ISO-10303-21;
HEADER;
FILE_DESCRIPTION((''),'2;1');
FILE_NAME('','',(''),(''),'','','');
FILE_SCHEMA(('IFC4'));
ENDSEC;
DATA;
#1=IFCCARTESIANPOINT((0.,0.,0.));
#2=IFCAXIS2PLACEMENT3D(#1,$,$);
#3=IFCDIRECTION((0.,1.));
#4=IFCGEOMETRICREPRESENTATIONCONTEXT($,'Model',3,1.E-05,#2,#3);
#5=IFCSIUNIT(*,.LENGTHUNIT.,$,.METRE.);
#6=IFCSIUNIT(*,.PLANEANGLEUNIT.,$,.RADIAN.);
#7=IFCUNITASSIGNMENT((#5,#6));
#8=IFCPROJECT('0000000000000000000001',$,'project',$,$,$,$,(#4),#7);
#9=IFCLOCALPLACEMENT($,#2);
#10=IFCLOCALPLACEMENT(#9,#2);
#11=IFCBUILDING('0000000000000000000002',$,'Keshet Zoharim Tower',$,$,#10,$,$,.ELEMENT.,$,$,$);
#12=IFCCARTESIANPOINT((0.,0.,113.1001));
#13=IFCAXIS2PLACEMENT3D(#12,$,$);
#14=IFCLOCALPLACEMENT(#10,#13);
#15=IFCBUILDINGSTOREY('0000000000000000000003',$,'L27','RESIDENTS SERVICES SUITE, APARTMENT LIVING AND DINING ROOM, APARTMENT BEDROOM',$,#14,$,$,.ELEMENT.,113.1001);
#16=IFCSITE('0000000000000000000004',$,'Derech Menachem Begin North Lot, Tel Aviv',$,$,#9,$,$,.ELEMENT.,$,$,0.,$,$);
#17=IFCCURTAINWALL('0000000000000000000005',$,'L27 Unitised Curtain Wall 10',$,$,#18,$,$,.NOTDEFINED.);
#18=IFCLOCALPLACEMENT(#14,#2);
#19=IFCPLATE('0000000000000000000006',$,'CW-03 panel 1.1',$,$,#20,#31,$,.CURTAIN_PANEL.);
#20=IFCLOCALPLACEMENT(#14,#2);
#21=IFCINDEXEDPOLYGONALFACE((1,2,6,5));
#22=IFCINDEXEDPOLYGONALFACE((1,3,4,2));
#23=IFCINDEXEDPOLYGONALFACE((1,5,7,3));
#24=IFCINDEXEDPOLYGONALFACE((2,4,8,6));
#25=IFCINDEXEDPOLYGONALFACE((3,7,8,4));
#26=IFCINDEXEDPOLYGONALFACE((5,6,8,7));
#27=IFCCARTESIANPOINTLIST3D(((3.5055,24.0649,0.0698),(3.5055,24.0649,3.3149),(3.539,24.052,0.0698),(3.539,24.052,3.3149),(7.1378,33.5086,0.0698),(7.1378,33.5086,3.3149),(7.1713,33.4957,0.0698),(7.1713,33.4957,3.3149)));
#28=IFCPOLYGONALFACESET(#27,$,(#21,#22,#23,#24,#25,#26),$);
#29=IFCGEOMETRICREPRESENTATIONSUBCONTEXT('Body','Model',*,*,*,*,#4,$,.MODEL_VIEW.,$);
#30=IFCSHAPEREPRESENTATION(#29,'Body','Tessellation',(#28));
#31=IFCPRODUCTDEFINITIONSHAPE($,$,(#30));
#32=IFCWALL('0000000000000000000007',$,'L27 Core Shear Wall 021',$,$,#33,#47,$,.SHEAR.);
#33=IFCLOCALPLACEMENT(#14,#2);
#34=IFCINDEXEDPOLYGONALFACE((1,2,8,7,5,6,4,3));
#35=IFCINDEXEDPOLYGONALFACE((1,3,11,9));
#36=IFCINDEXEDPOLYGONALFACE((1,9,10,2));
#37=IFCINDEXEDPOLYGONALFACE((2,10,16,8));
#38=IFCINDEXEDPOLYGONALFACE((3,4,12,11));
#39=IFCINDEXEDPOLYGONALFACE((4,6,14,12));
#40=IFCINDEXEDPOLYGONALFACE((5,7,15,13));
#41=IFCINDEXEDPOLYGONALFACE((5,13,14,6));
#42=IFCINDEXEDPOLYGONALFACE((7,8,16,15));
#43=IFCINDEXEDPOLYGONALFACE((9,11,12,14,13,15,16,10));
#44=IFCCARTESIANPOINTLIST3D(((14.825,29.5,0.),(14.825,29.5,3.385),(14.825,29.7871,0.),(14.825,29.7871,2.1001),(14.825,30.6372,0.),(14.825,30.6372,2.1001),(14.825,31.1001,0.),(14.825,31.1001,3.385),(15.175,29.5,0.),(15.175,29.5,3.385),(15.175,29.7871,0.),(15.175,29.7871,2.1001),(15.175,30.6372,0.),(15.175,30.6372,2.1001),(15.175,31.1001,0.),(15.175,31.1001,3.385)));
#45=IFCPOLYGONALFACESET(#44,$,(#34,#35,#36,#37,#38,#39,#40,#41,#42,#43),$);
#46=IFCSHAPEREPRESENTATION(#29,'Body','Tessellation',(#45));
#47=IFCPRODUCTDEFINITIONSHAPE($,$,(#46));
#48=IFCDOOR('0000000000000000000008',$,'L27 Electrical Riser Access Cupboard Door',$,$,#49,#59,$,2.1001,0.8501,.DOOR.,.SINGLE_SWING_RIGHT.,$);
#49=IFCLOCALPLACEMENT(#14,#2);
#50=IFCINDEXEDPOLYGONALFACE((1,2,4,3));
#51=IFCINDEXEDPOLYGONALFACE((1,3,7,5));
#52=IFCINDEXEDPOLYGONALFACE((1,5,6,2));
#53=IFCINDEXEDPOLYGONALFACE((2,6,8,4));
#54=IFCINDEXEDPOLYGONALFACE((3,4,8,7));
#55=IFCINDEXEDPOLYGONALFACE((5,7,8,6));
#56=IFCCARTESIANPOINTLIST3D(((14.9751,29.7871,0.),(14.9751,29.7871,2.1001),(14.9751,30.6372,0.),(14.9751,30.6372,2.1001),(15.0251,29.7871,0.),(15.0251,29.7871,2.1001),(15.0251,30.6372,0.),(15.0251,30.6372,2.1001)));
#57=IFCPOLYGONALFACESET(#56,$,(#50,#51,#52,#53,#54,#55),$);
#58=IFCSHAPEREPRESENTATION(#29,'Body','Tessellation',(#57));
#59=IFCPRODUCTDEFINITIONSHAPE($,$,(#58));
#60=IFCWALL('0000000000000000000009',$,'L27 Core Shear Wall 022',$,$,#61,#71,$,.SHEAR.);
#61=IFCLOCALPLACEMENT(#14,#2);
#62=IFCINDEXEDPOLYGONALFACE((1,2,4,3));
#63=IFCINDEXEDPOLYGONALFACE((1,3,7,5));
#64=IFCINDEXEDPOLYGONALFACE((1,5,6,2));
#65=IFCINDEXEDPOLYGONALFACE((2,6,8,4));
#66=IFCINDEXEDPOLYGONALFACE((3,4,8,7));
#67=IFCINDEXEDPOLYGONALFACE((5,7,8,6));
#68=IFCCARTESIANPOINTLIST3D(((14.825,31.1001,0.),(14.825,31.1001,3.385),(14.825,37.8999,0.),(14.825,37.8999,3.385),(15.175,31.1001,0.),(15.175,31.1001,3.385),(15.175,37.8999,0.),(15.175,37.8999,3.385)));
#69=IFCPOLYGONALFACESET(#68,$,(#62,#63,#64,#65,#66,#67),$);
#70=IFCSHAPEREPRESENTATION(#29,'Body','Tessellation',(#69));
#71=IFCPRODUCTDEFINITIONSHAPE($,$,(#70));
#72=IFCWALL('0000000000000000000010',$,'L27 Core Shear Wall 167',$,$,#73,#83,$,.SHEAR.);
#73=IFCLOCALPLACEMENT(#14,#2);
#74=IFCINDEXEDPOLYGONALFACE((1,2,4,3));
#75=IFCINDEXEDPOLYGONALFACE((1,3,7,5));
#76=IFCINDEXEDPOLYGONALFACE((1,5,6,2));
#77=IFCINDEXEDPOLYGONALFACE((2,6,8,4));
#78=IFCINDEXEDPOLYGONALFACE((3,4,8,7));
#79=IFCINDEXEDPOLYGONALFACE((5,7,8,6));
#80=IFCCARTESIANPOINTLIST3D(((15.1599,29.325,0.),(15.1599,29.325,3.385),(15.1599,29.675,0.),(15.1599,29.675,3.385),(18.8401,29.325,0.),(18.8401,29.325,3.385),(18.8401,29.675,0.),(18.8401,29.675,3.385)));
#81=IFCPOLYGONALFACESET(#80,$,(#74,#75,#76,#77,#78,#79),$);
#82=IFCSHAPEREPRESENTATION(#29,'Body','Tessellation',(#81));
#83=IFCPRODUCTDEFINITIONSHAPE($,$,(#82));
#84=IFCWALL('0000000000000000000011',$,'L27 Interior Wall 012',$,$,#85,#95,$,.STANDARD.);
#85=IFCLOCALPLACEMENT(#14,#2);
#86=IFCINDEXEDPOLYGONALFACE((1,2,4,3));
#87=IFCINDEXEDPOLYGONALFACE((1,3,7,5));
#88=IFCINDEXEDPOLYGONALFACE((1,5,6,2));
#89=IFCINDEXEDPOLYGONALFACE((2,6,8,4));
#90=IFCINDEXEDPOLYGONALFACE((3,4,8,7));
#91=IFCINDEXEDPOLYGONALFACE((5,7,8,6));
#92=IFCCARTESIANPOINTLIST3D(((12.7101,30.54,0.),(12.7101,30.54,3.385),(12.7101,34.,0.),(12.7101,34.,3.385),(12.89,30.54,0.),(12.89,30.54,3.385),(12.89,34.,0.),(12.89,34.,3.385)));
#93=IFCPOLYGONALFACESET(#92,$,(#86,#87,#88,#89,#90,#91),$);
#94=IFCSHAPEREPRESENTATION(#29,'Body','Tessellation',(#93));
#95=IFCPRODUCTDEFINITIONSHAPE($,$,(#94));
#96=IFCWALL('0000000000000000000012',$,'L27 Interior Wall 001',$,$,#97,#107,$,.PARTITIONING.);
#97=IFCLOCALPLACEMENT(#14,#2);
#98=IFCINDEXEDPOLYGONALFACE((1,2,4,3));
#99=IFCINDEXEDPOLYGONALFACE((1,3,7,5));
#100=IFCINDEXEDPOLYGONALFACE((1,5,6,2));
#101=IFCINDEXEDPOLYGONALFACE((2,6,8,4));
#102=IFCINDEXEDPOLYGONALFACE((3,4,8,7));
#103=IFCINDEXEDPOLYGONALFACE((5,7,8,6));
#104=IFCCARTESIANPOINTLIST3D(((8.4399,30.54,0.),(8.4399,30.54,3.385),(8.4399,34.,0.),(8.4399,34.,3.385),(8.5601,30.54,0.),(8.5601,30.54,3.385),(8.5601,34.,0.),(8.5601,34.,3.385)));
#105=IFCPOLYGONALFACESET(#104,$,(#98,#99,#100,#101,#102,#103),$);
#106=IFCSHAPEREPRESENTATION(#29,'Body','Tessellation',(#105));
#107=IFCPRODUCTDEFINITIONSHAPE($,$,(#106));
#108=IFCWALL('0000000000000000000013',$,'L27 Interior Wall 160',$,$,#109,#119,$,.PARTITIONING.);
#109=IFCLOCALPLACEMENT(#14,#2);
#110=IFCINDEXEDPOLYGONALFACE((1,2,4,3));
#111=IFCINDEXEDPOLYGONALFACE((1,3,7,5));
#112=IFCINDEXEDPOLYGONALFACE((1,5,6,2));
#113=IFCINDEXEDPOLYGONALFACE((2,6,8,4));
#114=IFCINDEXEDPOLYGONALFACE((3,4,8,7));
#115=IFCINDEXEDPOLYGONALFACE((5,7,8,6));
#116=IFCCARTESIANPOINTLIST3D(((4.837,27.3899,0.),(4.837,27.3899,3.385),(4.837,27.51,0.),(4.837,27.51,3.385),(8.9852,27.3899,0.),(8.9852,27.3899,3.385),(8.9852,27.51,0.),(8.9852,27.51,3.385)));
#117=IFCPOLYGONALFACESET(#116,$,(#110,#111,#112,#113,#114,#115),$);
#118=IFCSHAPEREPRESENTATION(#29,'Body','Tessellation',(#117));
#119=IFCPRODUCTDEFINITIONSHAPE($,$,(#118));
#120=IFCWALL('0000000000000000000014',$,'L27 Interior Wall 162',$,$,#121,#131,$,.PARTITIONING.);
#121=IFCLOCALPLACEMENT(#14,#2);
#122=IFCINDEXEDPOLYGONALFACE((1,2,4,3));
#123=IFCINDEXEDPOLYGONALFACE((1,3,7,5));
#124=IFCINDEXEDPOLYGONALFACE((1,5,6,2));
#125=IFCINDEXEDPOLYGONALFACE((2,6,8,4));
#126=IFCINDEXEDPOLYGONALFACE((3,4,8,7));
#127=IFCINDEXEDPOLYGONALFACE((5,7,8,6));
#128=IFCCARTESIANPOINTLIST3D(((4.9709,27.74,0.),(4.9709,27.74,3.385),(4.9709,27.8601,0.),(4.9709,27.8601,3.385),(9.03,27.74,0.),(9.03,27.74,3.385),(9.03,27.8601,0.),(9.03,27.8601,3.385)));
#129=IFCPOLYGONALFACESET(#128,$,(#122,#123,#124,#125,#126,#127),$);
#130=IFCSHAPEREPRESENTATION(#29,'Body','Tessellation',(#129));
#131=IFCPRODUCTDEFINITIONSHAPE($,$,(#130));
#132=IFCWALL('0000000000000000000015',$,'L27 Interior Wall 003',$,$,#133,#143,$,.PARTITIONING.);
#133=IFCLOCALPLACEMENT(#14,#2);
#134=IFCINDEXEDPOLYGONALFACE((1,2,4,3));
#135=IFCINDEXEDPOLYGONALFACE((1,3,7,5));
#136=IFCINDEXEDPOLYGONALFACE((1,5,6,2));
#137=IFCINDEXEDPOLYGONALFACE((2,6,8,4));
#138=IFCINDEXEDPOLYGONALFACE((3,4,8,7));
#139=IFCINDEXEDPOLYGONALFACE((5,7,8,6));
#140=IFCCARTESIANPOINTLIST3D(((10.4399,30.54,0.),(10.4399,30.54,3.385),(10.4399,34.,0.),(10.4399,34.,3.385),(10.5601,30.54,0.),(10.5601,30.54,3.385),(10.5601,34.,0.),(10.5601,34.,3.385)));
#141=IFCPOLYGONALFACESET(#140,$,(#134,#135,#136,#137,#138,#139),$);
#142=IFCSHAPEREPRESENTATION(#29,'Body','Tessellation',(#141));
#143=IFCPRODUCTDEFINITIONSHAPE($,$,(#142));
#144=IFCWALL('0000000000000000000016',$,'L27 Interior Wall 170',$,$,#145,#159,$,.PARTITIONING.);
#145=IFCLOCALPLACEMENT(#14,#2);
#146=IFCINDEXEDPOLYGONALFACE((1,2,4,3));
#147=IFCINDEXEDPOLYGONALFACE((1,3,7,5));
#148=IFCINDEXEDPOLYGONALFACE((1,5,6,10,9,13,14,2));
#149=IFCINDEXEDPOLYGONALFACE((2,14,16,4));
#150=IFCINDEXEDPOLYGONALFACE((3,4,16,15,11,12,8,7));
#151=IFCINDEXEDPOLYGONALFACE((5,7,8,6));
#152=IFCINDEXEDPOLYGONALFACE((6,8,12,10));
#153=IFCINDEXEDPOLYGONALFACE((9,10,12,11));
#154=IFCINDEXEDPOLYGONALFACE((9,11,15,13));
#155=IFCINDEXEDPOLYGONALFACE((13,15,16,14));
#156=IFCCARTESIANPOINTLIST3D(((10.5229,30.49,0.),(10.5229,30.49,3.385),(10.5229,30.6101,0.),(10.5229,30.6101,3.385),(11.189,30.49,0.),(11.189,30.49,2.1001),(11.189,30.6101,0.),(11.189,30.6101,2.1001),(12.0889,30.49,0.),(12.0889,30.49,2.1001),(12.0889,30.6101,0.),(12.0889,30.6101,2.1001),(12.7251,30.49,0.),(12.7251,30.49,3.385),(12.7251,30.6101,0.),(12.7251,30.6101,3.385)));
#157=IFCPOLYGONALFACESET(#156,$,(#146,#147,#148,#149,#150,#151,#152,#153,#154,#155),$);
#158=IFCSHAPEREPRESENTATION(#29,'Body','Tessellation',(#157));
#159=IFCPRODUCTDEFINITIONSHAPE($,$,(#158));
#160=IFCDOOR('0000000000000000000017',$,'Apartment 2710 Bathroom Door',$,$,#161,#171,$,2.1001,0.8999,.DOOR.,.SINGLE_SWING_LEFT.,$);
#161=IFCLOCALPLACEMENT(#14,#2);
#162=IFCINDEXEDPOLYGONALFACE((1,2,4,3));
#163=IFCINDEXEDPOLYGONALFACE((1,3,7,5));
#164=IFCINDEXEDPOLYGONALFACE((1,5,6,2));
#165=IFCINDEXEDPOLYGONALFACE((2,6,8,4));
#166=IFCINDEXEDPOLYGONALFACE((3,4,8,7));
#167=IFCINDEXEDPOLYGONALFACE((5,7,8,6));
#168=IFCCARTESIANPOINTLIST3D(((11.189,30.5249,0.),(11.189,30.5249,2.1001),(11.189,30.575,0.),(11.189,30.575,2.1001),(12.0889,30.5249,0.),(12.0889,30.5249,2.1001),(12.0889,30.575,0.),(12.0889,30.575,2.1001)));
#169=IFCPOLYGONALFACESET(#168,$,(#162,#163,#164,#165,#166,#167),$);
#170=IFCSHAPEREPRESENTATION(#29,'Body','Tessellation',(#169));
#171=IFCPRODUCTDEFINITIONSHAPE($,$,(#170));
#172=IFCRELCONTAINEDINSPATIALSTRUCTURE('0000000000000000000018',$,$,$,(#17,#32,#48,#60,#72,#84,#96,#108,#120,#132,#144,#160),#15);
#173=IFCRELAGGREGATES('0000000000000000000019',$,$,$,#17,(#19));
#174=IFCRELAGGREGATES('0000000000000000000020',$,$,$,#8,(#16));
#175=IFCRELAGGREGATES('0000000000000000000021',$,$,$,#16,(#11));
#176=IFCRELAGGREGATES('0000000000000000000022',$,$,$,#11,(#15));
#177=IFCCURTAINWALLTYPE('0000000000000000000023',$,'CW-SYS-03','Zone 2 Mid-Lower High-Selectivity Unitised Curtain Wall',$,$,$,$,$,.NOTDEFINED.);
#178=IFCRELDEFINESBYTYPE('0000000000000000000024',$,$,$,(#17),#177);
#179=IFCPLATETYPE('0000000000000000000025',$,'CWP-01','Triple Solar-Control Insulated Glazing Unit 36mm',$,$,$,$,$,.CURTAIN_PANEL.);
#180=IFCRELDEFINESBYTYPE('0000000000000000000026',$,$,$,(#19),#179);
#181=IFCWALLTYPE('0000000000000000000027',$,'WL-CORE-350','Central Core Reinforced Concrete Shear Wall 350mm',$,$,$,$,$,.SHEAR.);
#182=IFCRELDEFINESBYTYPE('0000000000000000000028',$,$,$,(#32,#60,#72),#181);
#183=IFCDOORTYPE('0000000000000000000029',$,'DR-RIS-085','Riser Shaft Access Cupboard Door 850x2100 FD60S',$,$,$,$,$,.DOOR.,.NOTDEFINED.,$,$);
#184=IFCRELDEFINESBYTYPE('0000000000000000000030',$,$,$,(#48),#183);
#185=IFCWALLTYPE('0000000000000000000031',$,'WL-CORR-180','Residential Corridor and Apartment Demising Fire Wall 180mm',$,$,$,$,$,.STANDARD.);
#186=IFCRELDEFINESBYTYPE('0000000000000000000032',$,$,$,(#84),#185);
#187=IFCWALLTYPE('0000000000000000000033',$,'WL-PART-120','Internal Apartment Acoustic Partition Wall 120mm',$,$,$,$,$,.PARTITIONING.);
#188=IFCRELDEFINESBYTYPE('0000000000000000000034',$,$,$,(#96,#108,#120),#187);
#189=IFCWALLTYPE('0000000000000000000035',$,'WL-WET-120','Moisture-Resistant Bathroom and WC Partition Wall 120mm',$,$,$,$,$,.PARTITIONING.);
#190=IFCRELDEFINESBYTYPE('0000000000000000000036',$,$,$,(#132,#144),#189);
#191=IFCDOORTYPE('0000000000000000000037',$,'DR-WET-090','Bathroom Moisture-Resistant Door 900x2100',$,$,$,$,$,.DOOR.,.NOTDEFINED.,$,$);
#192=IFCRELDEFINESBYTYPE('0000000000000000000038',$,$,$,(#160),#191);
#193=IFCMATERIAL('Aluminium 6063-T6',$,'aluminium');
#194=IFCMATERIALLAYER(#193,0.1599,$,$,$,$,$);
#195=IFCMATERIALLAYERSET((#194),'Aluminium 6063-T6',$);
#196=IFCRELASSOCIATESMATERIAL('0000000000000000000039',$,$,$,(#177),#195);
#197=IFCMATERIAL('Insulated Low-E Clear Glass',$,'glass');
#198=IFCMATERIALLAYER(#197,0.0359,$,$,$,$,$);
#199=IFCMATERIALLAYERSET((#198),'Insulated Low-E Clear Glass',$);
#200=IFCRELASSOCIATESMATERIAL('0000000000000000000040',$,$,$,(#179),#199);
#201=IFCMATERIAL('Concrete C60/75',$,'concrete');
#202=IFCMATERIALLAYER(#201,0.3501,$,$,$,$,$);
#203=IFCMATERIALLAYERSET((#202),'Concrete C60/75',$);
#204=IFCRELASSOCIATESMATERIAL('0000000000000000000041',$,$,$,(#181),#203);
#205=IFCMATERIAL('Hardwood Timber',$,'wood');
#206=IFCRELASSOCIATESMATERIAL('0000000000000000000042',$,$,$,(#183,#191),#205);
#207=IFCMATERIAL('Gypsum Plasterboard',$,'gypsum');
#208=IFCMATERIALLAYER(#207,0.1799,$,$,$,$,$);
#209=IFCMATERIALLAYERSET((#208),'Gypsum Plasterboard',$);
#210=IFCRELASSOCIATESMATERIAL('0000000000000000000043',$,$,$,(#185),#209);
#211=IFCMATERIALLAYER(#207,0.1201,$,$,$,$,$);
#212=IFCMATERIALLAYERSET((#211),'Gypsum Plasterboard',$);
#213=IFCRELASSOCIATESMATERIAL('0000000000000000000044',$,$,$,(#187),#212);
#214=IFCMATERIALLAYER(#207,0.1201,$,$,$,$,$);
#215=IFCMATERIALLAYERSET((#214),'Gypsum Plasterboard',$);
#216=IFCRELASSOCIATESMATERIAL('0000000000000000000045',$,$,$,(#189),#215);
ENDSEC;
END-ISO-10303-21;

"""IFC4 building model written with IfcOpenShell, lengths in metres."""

from ifc_helpers import new_model, si_unit, direction, frame, frame_2d, origin, origin_2d, place, context, subcontext, project, spatial, rectangle, extrude, material, layer, layer_set, type_object, element, fill, aggregate, save


model = new_model("IFC4")

# Units and contexts
model_context = context("Model", 3, precision=1e-05, world=origin(), true_north=direction((0.0, 1.0)))
body_context = subcontext(model_context, "Body", "Model", "MODEL_VIEW")
ifc_project = project(units=[si_unit("LENGTHUNIT", "METRE"), si_unit("PLANEANGLEUNIT", "RADIAN")], contexts=[model_context])

# Site, building, storey
site_placement = place(None, origin())
site = spatial("IfcSite", under=ifc_project, at=site_placement, Name="Derech Menachem Begin North Lot, Tel Aviv", CompositionType="ELEMENT", RefElevation=0.0)
building_placement = place(site_placement, origin())
building = spatial("IfcBuilding", under=site, at=building_placement, Name="Keshet Zoharim Tower", CompositionType="ELEMENT")
storey_placement = place(building_placement, frame((0.0, 0.0, 113.1001)))
storey = spatial("IfcBuildingStorey", under=building, at=storey_placement, Name="L27", Description="RESIDENTS SERVICES SUITE, APARTMENT LIVING AND DINING ROOM, APARTMENT BEDROOM", CompositionType="ELEMENT", Elevation=113.1001)

# Curtain wall, plate
ifc_material_1 = material(Name="Aluminium 6063-T6", Category="aluminium")
ifc_layer_1 = layer(ifc_material_1, 0.1599)
ifc_layer_set_1 = layer_set([ifc_layer_1], Name="Aluminium 6063-T6")
curtain_wall_type = type_object("IfcCurtainWallType", Name="CW-SYS-03", Description="Zone 2 Mid-Lower High-Selectivity Unitised Curtain Wall", PredefinedType="NOTDEFINED", material=ifc_layer_set_1)
curtain_wall_placement = place(storey_placement, origin())
curtain_wall = element("IfcCurtainWall", 1, at=curtain_wall_placement, inside=storey, type_object=curtain_wall_type, Name="L27 Unitised Curtain Wall 10", PredefinedType="NOTDEFINED")
ifc_material_2 = material(Name="Insulated Low-E Clear Glass", Category="glass")
ifc_layer_2 = layer(ifc_material_2, 0.0359)
ifc_layer_set_2 = layer_set([ifc_layer_2], Name="Insulated Low-E Clear Glass")
plate_type = type_object("IfcPlateType", Name="CWP-01", Description="Triple Solar-Control Insulated Glazing Unit 36mm", PredefinedType="CURTAIN_PANEL", material=ifc_layer_set_2)
plate_placement = place(storey_placement, frame((5.3384, 28.7803, 0.0698), z_axis=(0.0, 0.0, 1.0), x_axis=(0.35899, 0.933341, 0.0)))
plate = element("IfcPlate", 2, at=plate_placement, type_object=plate_type, Name="CW-03 panel 1.1", PredefinedType="CURTAIN_PANEL", context=body_context, shape_type="SweptSolid", body=[
    extrude(rectangle(XDim=10.1182, YDim=0.0359, at=origin_2d()), origin(), (0.0, 0.0, 1.0), 3.2451),
])
aggregate(curtain_wall, [plate])

# Wall, opening, door
ifc_material_3 = material(Name="Concrete C60/75", Category="concrete")
ifc_layer_3 = layer(ifc_material_3, 0.3501)
ifc_layer_set_3 = layer_set([ifc_layer_3], Name="Concrete C60/75")
wall_type_1 = type_object("IfcWallType", Name="WL-CORE-350", Description="Central Core Reinforced Concrete Shear Wall 350mm", PredefinedType="SHEAR", material=ifc_layer_set_3)
wall_1_placement = place(storey_placement, frame((15.0, 29.5, 0.0), z_axis=(0.0, 0.0, 1.0), x_axis=(0.0, 1.0, 0.0)))
wall_1 = element("IfcWall", 3, at=wall_1_placement, inside=storey, type_object=wall_type_1, Name="L27 Core Shear Wall 021", PredefinedType="SHEAR", context=body_context, shape_type="SweptSolid", body=[
    extrude(rectangle(XDim=1.6001, YDim=0.3501, at=frame_2d((0.8, 0.0))), origin(), (0.0, 0.0, 1.0), 3.385),
])
opening_1_placement = place(wall_1_placement, frame((0.2871, 0.0, 0.0)))
opening_1 = element("IfcOpeningElement", 4, at=opening_1_placement, cuts=wall_1, PredefinedType="OPENING", context=body_context, shape_type="SweptSolid", body=[
    extrude(rectangle(XDim=0.8501, YDim=2.1001, at=frame_2d((0.425, 1.05))), frame((0.0, 0.1851, 0.0), z_axis=(0.0, -1.0, 0.0), x_axis=(1.0, 0.0, 0.0)), (0.0, 0.0, 1.0), 0.3701),
])
ifc_material_4 = material(Name="Hardwood Timber", Category="wood")
door_type_1 = type_object("IfcDoorType", Name="DR-RIS-085", Description="Riser Shaft Access Cupboard Door 850x2100 FD60S", OperationType="NOTDEFINED", PredefinedType="DOOR", material=ifc_material_4)
door_1_placement = place(opening_1_placement, origin())
door_1 = element("IfcDoor", 5, at=door_1_placement, inside=storey, type_object=door_type_1, Name="L27 Electrical Riser Access Cupboard Door", OperationType="SINGLE_SWING_RIGHT", OverallHeight=2.1001, OverallWidth=0.8501, PredefinedType="DOOR", context=body_context, shape_type="SweptSolid", body=[
    extrude(rectangle(XDim=0.8501, YDim=2.1001, at=frame_2d((0.425, 1.05))), frame((0.0, 0.0249, 0.0), z_axis=(0.0, -1.0, 0.0), x_axis=(1.0, 0.0, 0.0)), (0.0, 0.0, 1.0), 0.05),
])
fill(opening_1, door_1)

# Walls
wall_2_placement = place(storey_placement, frame((15.0, 31.1001, 0.0), z_axis=(0.0, 0.0, 1.0), x_axis=(0.0, 1.0, 0.0)))
element("IfcWall", 6, at=wall_2_placement, inside=storey, type_object=wall_type_1, Name="L27 Core Shear Wall 022", PredefinedType="SHEAR", context=body_context, shape_type="SweptSolid", body=[
    extrude(rectangle(XDim=6.7998, YDim=0.3501, at=frame_2d((3.3999, 0.0))), origin(), (0.0, 0.0, 1.0), 3.385),
])
wall_3_placement = place(storey_placement, frame((15.1599, 29.5, 0.0), z_axis=(0.0, 0.0, 1.0), x_axis=(1.0, 0.0, 0.0)))
element("IfcWall", 7, at=wall_3_placement, inside=storey, type_object=wall_type_1, Name="L27 Core Shear Wall 167", PredefinedType="SHEAR", context=body_context, shape_type="SweptSolid", body=[
    extrude(rectangle(XDim=3.6802, YDim=0.3501, at=frame_2d((1.8401, 0.0))), origin(), (0.0, 0.0, 1.0), 3.385),
])

# Shared definitions
ifc_material_5 = material(Name="Gypsum Plasterboard", Category="gypsum")
ifc_layer_4 = layer(ifc_material_5, 0.1799)
ifc_layer_set_4 = layer_set([ifc_layer_4], Name="Gypsum Plasterboard")
wall_type_2 = type_object("IfcWallType", Name="WL-CORR-180", Description="Residential Corridor and Apartment Demising Fire Wall 180mm", PredefinedType="STANDARD", material=ifc_layer_set_4)

# Walls
wall_4_placement = place(storey_placement, frame((12.8, 30.54, 0.0), z_axis=(0.0, 0.0, 1.0), x_axis=(0.0, 1.0, 0.0)))
element("IfcWall", 8, at=wall_4_placement, inside=storey, type_object=wall_type_2, Name="L27 Interior Wall 012", PredefinedType="STANDARD", context=body_context, shape_type="SweptSolid", body=[
    extrude(rectangle(XDim=3.46, YDim=0.1799, at=frame_2d((1.73, 0.0))), origin(), (0.0, 0.0, 1.0), 3.385),
])
ifc_layer_5 = layer(ifc_material_5, 0.1201)
ifc_layer_set_5 = layer_set([ifc_layer_5], Name="Gypsum Plasterboard")
wall_type_3 = type_object("IfcWallType", Name="WL-PART-120", Description="Internal Apartment Acoustic Partition Wall 120mm", PredefinedType="PARTITIONING", material=ifc_layer_set_5)
wall_5_placement = place(storey_placement, frame((8.5, 30.54, 0.0), z_axis=(0.0, 0.0, 1.0), x_axis=(0.0, 1.0, 0.0)))
element("IfcWall", 9, at=wall_5_placement, inside=storey, type_object=wall_type_3, Name="L27 Interior Wall 001", PredefinedType="PARTITIONING", context=body_context, shape_type="SweptSolid", body=[
    extrude(rectangle(XDim=3.46, YDim=0.1201, at=frame_2d((1.73, 0.0))), origin(), (0.0, 0.0, 1.0), 3.385),
])
wall_6_placement = place(storey_placement, frame((4.8369, 27.45, 0.0), z_axis=(0.0, 0.0, 1.0), x_axis=(1.0, 0.0, 0.0)))
element("IfcWall", 10, at=wall_6_placement, inside=storey, type_object=wall_type_3, Name="L27 Interior Wall 160", PredefinedType="PARTITIONING", context=body_context, shape_type="SweptSolid", body=[
    extrude(rectangle(XDim=4.1482, YDim=0.1201, at=frame_2d((2.0742, 0.0))), origin(), (0.0, 0.0, 1.0), 3.385),
])
wall_7_placement = place(storey_placement, frame((4.9709, 27.8, 0.0), z_axis=(0.0, 0.0, 1.0), x_axis=(1.0, 0.0, 0.0)))
element("IfcWall", 11, at=wall_7_placement, inside=storey, type_object=wall_type_3, Name="L27 Interior Wall 162", PredefinedType="PARTITIONING", context=body_context, shape_type="SweptSolid", body=[
    extrude(rectangle(XDim=4.0591, YDim=0.1201, at=frame_2d((2.0295, 0.0))), origin(), (0.0, 0.0, 1.0), 3.385),
])

# Wall
ifc_layer_6 = layer(ifc_material_5, 0.1201)
ifc_layer_set_6 = layer_set([ifc_layer_6], Name="Gypsum Plasterboard")
wall_type_4 = type_object("IfcWallType", Name="WL-WET-120", Description="Moisture-Resistant Bathroom and WC Partition Wall 120mm", PredefinedType="PARTITIONING", material=ifc_layer_set_6)
wall_8_placement = place(storey_placement, frame((10.5, 30.54, 0.0), z_axis=(0.0, 0.0, 1.0), x_axis=(0.0, 1.0, 0.0)))
element("IfcWall", 12, at=wall_8_placement, inside=storey, type_object=wall_type_4, Name="L27 Interior Wall 003", PredefinedType="PARTITIONING", context=body_context, shape_type="SweptSolid", body=[
    extrude(rectangle(XDim=3.46, YDim=0.1201, at=frame_2d((1.73, 0.0))), origin(), (0.0, 0.0, 1.0), 3.385),
])

# Wall, opening, door
wall_9_placement = place(storey_placement, frame((10.5229, 30.55, 0.0), z_axis=(0.0, 0.0, 1.0), x_axis=(1.0, 0.0, 0.0)))
wall_9 = element("IfcWall", 13, at=wall_9_placement, inside=storey, type_object=wall_type_4, Name="L27 Interior Wall 170", PredefinedType="PARTITIONING", context=body_context, shape_type="SweptSolid", body=[
    extrude(rectangle(XDim=2.2021, YDim=0.1201, at=frame_2d((1.1011, 0.0))), origin(), (0.0, 0.0, 1.0), 3.385),
])
opening_2_placement = place(wall_9_placement, frame((0.666, 0.0, 0.0)))
opening_2 = element("IfcOpeningElement", 14, at=opening_2_placement, cuts=wall_9, PredefinedType="OPENING", context=body_context, shape_type="SweptSolid", body=[
    extrude(rectangle(XDim=0.8999, YDim=2.1001, at=frame_2d((0.45, 1.05))), frame((0.0, 0.0701, 0.0), z_axis=(0.0, -1.0, 0.0), x_axis=(1.0, 0.0, 0.0)), (0.0, 0.0, 1.0), 0.1401),
])
door_type_2 = type_object("IfcDoorType", Name="DR-WET-090", Description="Bathroom Moisture-Resistant Door 900x2100", OperationType="NOTDEFINED", PredefinedType="DOOR", material=ifc_material_4)
door_2_placement = place(opening_2_placement, origin())
door_2 = element("IfcDoor", 15, at=door_2_placement, inside=storey, type_object=door_type_2, Name="Apartment 2710 Bathroom Door", OperationType="SINGLE_SWING_LEFT", OverallHeight=2.1001, OverallWidth=0.8999, PredefinedType="DOOR", context=body_context, shape_type="SweptSolid", body=[
    extrude(rectangle(XDim=0.8999, YDim=2.1001, at=frame_2d((0.45, 1.05))), frame((0.0, 0.0249, 0.0), z_axis=(0.0, -1.0, 0.0), x_axis=(1.0, 0.0, 0.0)), (0.0, 0.0, 1.0), 0.05),
])
fill(opening_2, door_2)

save(model, "model.ifc")
